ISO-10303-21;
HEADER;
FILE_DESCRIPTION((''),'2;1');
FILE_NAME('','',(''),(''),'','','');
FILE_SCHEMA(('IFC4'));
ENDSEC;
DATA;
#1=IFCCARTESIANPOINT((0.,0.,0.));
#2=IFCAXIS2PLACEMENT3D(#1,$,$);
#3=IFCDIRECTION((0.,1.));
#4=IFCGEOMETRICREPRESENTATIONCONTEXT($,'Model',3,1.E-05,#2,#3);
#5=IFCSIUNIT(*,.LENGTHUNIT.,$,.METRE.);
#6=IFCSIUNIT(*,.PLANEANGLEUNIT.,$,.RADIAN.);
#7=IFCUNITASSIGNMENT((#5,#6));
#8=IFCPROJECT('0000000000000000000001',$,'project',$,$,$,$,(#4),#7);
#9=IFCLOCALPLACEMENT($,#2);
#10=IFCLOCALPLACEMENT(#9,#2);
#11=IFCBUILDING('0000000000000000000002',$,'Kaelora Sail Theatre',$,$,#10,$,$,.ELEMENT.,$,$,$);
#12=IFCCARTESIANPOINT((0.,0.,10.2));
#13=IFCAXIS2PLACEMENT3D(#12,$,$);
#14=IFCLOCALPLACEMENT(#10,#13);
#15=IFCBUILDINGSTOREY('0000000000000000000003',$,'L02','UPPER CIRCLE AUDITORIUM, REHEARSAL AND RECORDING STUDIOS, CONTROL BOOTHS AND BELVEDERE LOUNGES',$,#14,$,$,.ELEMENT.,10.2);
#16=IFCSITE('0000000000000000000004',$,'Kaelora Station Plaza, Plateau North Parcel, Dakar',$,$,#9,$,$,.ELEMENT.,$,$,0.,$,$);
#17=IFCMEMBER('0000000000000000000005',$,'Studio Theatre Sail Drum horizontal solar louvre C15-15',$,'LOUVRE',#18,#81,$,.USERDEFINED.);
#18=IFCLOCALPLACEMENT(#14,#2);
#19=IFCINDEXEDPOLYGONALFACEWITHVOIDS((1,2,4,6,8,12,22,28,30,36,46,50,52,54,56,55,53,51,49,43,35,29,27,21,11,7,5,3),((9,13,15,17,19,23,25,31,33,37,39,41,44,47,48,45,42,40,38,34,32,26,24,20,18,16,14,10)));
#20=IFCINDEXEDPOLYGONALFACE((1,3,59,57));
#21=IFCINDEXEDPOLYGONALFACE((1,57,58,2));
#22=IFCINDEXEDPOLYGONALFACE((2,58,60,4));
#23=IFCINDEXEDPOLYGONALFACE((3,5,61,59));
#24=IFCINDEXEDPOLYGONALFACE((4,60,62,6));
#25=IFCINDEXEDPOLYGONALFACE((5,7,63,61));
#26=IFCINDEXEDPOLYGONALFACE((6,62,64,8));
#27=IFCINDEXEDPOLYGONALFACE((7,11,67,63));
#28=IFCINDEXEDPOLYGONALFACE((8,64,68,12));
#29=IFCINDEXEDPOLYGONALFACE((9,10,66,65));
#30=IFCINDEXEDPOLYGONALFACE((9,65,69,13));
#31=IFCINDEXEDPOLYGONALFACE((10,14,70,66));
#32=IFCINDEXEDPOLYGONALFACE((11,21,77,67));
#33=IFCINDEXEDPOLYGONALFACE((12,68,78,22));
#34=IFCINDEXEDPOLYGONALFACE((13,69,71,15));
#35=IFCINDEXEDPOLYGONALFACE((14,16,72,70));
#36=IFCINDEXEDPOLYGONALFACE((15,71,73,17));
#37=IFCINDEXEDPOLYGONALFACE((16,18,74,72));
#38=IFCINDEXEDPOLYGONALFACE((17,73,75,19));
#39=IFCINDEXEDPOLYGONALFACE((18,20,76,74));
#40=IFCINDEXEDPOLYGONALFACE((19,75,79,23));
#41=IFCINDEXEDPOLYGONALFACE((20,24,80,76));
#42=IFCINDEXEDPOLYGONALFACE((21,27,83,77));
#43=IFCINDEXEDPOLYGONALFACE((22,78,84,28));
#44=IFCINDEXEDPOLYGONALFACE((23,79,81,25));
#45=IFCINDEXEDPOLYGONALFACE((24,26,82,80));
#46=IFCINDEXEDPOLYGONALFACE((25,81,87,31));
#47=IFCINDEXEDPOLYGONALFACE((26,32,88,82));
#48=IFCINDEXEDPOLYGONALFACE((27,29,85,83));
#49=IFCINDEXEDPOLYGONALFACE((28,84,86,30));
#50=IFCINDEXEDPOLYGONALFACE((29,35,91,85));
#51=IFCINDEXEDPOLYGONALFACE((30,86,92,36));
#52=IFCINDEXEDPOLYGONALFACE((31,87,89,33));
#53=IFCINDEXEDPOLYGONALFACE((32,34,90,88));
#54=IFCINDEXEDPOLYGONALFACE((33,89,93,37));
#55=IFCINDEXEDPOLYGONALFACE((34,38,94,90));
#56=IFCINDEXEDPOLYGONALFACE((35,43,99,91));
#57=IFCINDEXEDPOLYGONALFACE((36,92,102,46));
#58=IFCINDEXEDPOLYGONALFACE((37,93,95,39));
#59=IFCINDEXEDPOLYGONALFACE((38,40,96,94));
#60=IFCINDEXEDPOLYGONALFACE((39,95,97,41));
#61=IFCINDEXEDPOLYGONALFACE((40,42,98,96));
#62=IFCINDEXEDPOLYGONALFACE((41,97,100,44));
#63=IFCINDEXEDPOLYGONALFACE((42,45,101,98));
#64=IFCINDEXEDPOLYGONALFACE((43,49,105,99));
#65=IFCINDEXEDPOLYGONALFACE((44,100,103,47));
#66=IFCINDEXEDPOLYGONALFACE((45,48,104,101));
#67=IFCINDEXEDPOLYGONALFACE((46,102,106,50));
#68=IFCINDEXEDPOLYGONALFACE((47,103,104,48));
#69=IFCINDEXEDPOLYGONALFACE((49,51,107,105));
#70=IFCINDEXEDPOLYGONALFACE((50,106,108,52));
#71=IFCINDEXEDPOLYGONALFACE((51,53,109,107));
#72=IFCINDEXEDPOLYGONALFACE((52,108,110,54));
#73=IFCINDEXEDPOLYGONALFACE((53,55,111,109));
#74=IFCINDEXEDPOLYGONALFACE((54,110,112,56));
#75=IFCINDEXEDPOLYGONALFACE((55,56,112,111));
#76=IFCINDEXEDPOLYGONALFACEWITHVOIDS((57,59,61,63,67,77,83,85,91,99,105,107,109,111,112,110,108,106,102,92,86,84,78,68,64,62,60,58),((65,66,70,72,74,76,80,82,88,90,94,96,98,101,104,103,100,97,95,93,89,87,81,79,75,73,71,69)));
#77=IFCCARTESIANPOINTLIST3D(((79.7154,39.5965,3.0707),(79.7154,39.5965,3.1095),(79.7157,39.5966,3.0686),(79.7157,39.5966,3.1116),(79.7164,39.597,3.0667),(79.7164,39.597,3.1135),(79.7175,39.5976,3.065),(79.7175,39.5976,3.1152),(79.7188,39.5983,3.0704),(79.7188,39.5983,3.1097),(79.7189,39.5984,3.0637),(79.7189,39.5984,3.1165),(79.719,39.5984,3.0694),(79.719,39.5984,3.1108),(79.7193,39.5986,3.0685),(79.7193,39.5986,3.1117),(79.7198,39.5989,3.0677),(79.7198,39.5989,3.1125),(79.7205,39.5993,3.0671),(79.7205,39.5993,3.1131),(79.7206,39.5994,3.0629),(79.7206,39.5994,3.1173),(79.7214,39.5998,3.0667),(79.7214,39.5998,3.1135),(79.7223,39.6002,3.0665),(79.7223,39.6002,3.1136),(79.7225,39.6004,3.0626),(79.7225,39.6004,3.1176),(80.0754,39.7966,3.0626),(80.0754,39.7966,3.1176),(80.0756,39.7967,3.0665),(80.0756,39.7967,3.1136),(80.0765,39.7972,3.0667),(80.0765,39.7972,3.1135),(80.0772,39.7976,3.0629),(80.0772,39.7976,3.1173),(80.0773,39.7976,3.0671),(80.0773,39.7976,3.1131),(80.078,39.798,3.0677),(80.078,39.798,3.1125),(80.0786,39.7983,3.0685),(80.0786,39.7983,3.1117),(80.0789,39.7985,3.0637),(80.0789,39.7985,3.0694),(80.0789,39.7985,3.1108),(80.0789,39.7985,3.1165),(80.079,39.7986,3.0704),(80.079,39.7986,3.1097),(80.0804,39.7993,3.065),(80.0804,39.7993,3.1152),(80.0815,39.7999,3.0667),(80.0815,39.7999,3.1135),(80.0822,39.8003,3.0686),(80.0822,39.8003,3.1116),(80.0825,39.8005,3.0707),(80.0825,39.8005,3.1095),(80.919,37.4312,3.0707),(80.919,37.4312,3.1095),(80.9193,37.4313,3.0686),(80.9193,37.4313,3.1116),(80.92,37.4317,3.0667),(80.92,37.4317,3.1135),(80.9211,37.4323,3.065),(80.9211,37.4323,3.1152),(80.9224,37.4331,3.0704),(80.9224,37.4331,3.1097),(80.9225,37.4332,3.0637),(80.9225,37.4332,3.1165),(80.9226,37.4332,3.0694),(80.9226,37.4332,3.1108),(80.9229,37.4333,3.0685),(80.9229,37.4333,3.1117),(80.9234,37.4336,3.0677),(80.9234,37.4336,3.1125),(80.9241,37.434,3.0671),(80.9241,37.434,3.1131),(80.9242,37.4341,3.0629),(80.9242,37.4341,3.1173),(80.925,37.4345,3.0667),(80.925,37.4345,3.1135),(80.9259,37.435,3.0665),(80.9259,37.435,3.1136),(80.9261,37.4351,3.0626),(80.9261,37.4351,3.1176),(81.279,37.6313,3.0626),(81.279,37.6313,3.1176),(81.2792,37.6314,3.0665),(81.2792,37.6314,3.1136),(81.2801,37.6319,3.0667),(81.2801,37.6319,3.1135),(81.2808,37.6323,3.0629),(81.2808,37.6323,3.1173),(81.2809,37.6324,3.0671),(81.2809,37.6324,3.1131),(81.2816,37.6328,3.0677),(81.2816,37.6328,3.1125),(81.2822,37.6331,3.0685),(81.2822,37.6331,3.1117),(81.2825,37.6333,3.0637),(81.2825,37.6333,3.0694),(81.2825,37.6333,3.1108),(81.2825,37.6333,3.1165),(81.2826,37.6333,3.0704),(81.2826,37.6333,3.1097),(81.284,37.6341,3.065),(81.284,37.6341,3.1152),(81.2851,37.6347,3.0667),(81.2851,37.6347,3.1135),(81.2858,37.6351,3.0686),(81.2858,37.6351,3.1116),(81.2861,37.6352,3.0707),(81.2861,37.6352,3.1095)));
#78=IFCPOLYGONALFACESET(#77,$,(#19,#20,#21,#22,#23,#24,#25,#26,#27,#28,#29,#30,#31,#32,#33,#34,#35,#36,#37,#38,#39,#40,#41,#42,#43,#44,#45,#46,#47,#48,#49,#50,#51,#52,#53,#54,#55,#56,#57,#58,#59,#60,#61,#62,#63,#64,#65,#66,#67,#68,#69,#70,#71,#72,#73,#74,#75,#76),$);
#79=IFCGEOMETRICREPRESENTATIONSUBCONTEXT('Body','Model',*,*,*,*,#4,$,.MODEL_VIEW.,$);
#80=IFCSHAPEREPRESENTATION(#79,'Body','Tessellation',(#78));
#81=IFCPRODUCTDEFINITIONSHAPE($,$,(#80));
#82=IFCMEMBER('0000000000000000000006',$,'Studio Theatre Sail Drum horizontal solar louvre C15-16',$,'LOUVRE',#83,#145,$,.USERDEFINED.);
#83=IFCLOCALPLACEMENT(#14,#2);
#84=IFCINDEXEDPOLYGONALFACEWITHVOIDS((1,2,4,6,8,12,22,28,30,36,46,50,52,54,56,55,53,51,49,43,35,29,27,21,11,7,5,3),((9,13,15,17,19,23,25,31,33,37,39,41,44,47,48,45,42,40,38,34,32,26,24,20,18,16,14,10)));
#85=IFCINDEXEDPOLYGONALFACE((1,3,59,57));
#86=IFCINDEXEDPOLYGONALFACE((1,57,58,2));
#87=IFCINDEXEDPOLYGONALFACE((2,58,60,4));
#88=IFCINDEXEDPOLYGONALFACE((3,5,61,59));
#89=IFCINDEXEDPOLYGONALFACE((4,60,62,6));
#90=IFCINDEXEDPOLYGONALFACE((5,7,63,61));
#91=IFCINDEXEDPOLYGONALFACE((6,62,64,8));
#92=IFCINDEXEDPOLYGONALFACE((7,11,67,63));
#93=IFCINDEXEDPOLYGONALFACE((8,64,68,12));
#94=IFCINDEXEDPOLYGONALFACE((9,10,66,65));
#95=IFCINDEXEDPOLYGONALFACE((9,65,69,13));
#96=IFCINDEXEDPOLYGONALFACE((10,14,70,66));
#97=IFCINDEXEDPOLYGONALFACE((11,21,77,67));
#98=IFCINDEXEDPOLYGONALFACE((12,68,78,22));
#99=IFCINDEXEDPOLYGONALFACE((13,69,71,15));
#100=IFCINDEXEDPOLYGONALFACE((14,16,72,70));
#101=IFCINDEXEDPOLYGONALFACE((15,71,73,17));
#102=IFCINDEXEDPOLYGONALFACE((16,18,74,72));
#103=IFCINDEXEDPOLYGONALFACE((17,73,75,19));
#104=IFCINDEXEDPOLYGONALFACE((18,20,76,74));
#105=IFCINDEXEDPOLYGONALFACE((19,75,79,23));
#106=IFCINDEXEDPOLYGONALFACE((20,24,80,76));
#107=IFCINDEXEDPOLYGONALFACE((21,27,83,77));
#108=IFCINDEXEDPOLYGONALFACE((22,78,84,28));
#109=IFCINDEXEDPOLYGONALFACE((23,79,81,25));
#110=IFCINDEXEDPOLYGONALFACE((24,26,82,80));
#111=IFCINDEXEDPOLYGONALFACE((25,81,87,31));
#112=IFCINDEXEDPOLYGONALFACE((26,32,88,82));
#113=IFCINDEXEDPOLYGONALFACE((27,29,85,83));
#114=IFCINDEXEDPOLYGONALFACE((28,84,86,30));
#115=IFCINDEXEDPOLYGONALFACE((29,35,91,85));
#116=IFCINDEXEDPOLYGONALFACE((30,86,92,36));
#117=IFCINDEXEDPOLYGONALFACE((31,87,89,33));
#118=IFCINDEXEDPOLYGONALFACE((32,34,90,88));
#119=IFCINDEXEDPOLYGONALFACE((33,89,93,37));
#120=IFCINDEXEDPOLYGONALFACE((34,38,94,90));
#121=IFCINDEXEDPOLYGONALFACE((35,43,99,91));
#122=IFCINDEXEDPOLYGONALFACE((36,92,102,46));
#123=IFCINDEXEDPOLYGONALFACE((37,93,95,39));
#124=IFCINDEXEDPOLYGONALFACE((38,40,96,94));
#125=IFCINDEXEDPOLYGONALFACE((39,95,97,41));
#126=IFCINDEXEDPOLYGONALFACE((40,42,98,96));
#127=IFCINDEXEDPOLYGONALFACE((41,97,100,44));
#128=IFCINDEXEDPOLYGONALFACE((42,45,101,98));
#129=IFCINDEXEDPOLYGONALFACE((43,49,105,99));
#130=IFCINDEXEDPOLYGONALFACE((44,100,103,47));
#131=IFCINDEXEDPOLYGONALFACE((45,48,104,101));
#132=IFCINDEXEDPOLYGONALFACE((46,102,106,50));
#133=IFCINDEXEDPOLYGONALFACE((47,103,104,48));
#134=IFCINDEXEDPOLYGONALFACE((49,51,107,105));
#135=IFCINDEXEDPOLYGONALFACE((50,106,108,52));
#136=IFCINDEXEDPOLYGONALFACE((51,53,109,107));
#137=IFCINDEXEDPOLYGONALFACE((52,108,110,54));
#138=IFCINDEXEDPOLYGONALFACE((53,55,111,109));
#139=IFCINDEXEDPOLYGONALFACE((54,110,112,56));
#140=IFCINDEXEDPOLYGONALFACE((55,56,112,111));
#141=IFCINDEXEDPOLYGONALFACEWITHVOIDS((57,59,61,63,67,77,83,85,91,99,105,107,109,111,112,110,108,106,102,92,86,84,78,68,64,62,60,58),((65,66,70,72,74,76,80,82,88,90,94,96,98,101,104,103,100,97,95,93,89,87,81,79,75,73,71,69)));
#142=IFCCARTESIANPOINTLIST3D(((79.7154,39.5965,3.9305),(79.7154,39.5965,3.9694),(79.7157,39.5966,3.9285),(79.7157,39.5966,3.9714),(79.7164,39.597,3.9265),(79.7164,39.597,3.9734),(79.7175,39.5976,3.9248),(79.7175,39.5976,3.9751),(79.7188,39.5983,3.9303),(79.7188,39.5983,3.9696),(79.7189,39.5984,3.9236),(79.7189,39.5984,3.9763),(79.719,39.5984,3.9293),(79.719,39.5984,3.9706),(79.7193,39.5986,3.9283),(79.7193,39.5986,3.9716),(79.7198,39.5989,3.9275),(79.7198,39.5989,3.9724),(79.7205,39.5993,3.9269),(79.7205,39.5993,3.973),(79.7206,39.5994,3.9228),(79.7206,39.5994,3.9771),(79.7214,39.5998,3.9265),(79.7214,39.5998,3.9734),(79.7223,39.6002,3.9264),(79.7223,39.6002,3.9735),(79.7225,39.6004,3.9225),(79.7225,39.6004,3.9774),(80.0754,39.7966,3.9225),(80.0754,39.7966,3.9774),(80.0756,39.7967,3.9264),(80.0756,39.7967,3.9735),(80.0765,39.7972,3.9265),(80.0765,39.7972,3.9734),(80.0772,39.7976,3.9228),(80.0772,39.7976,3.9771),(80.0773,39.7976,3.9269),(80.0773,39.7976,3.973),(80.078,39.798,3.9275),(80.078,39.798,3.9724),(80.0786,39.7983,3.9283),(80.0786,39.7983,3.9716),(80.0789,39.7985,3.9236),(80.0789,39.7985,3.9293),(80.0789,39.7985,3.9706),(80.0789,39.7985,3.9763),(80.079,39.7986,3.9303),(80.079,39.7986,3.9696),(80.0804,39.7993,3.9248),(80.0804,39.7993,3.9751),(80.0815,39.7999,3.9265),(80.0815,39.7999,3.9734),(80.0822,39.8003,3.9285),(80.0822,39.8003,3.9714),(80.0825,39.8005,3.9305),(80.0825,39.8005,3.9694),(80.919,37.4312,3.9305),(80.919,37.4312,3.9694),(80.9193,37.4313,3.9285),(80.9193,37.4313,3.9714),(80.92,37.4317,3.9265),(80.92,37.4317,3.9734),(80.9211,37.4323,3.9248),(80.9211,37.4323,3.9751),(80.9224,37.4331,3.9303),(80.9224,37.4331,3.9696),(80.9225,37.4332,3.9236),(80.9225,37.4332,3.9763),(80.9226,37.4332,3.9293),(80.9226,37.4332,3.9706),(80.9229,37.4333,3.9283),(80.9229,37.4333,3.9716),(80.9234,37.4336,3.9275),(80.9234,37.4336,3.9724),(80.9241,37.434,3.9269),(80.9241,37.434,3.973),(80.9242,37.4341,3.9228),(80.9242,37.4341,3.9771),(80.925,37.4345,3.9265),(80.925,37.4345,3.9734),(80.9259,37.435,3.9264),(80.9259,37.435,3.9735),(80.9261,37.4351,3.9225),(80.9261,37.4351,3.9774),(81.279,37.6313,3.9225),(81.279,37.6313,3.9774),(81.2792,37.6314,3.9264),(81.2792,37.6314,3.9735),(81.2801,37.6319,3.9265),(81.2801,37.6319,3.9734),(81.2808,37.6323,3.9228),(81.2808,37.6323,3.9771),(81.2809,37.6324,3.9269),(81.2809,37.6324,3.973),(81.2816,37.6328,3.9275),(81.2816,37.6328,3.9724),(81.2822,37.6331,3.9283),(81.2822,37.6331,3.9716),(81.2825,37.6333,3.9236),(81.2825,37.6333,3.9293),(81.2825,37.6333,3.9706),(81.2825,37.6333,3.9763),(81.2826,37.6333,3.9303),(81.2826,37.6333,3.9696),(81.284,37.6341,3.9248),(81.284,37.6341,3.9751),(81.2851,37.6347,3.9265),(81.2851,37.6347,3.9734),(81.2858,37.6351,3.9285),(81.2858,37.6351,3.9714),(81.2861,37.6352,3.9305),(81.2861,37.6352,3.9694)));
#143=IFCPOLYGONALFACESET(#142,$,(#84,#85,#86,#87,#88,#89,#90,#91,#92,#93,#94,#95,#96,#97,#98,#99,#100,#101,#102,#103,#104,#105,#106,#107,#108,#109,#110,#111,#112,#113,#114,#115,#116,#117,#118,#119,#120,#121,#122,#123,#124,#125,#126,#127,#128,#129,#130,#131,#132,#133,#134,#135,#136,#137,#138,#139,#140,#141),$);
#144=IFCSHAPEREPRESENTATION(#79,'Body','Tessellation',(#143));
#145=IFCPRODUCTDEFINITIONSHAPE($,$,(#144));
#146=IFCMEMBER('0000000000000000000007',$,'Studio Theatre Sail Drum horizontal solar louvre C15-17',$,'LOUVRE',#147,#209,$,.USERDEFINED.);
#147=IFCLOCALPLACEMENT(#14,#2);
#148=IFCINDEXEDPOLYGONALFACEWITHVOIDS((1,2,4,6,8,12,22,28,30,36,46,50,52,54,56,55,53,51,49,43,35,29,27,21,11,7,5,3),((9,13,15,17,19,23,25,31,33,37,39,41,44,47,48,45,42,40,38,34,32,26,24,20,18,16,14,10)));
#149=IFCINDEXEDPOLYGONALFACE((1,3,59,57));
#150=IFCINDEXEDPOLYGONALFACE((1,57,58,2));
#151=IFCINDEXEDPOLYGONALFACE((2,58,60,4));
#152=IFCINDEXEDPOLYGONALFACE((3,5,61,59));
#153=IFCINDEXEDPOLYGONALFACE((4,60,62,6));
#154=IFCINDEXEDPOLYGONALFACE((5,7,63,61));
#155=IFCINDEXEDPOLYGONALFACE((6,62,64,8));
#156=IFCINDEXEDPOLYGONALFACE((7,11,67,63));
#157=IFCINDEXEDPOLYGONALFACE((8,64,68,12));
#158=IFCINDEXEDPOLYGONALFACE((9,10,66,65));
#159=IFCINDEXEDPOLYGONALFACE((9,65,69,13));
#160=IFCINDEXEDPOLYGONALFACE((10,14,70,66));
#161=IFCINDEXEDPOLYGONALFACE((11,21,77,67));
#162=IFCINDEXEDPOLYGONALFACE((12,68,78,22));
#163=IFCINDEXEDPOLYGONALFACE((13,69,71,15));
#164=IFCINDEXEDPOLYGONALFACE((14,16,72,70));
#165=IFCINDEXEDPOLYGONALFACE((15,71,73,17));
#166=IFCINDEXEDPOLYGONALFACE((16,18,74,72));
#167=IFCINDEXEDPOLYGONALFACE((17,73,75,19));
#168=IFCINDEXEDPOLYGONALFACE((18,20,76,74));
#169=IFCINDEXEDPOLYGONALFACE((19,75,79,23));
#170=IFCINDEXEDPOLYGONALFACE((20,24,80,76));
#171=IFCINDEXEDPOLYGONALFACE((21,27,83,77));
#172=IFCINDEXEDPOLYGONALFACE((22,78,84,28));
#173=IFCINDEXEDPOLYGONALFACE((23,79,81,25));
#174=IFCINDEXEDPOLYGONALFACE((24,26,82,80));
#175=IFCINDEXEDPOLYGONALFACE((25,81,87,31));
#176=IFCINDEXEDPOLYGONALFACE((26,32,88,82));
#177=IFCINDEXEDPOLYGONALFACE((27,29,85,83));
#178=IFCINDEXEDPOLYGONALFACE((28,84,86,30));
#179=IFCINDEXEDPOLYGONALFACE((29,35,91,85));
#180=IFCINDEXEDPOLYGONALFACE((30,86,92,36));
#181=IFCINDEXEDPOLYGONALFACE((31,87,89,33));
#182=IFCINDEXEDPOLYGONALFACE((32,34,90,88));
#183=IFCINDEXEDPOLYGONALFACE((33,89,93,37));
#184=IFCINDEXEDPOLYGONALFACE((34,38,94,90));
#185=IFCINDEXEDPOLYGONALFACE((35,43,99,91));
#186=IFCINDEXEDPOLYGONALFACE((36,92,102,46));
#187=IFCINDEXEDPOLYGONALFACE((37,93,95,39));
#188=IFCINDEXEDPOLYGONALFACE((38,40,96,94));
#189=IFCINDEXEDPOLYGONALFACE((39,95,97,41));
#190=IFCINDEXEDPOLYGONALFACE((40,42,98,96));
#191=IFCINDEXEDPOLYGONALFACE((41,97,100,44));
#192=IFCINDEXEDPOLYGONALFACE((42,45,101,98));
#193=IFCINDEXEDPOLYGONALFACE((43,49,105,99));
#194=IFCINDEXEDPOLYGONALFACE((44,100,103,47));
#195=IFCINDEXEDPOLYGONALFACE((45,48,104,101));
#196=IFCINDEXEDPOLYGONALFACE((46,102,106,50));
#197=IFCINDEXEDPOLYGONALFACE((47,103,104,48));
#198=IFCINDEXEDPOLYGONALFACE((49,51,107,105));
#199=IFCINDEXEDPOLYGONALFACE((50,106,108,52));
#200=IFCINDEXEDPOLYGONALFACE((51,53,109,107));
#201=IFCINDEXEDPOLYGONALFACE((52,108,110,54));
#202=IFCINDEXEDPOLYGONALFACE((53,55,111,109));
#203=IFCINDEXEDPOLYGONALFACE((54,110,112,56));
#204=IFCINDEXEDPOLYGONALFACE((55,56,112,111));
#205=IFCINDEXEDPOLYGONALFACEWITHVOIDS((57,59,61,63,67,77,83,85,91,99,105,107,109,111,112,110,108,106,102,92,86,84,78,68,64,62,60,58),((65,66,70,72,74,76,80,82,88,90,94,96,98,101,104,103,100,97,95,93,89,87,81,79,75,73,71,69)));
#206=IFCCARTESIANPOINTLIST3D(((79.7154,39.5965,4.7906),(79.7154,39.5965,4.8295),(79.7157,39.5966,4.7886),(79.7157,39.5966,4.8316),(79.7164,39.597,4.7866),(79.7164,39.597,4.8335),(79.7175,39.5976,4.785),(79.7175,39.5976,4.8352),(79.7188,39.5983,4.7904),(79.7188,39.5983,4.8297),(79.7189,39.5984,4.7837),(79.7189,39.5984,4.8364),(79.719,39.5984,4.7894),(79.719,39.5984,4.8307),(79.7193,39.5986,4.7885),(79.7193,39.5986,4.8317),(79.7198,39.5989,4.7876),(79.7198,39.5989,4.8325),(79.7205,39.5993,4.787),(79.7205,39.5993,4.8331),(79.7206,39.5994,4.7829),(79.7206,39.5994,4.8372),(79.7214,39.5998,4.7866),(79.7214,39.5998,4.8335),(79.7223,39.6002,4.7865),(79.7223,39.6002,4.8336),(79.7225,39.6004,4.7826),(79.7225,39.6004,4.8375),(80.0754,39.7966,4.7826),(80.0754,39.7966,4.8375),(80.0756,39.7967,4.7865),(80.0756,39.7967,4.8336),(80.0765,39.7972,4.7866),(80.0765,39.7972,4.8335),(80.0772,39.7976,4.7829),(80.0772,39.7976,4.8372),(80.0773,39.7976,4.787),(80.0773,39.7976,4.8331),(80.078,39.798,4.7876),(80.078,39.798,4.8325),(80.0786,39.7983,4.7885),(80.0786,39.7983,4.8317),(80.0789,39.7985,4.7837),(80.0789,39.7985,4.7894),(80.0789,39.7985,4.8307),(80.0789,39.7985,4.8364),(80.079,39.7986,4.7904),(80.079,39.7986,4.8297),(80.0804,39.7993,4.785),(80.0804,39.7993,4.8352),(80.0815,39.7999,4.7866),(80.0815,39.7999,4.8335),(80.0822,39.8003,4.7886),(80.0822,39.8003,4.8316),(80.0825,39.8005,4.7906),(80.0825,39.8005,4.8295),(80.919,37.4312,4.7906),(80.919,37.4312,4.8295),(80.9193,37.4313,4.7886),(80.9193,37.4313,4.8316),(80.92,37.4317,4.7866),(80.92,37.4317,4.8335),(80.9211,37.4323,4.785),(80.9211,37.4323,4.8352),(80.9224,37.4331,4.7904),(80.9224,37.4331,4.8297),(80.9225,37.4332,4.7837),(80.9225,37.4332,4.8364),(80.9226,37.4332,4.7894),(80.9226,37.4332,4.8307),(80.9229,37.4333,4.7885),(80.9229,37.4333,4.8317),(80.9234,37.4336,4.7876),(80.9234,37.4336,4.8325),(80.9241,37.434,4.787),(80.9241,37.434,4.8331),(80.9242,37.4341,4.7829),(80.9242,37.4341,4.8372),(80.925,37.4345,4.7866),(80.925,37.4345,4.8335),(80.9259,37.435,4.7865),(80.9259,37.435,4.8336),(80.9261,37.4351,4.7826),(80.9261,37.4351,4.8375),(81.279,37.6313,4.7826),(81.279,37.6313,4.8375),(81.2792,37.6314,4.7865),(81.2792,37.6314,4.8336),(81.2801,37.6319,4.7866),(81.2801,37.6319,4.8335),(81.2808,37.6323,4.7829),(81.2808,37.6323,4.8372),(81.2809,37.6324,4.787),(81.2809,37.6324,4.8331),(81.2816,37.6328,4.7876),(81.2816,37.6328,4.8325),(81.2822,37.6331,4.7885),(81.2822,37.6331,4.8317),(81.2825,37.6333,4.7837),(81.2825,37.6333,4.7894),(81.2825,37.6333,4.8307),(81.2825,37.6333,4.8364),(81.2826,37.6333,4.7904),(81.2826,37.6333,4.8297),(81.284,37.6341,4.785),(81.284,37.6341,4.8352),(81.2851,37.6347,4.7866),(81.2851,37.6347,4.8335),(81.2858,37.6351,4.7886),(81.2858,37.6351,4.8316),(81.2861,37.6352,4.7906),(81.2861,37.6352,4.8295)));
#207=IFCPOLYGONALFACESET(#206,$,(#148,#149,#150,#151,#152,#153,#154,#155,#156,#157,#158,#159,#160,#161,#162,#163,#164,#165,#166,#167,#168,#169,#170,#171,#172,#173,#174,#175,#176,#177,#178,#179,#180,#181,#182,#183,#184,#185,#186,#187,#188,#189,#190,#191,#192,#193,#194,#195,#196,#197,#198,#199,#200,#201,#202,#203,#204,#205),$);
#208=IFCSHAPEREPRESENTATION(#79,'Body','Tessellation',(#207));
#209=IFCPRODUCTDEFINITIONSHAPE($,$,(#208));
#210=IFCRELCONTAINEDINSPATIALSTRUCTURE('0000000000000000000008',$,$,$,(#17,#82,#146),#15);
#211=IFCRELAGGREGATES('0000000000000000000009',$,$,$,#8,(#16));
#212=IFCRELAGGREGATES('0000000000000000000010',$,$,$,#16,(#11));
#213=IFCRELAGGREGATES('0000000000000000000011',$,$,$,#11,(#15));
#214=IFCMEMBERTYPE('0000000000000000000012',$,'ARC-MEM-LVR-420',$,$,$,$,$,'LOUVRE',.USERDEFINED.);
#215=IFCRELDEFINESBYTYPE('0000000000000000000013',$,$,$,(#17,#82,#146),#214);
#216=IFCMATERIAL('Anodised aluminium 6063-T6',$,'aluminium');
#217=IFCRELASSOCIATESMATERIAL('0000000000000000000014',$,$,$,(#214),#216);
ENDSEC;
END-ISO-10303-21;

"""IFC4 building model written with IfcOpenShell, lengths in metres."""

from ifc_helpers import new_model, si_unit, direction, frame, origin, origin_2d, place, context, subcontext, project, spatial, hollow_rectangle, extrude, material, material_profile, profile_set, type_object, element, save


model = new_model("IFC4")

# Units and contexts
model_context = context("Model", 3, precision=1e-05, world=origin(), true_north=direction((0.0, 1.0)))
body_context = subcontext(model_context, "Body", "Model", "MODEL_VIEW")
ifc_project = project(units=[si_unit("LENGTHUNIT", "METRE"), si_unit("PLANEANGLEUNIT", "RADIAN")], contexts=[model_context])

# Site, building, storey
site_placement = place(None, origin())
site = spatial("IfcSite", under=ifc_project, at=site_placement, Name="Kaelora Station Plaza, Plateau North Parcel, Dakar", CompositionType="ELEMENT", RefElevation=0.0)
building_placement = place(site_placement, origin())
building = spatial("IfcBuilding", under=site, at=building_placement, Name="Kaelora Sail Theatre", CompositionType="ELEMENT")
storey_placement = place(building_placement, frame((0.0, 0.0, 10.2)))
storey = spatial("IfcBuildingStorey", under=building, at=storey_placement, Name="L02", Description="UPPER CIRCLE AUDITORIUM, REHEARSAL AND RECORDING STUDIOS, CONTROL BOOTHS AND BELVEDERE LOUNGES", CompositionType="ELEMENT", Elevation=10.2)

# Members
ifc_material_1 = material(Name="Anodised aluminium 6063-T6", Category="aluminium")
ifc_material_profile_1 = material_profile(ifc_material_1, hollow_rectangle(XDim=0.4199, YDim=0.0549, WallThickness=0.0039, InnerFilletRadius=0.0039, OuterFilletRadius=0.0081, at=origin_2d()), Name="LOUVRE 420x55x4")
ifc_profile_set_1 = profile_set([ifc_material_profile_1], Name="Anodised aluminium 6063-T6")
member_type = type_object("IfcMemberType", Name="ARC-MEM-LVR-420", ElementType="LOUVRE", PredefinedType="USERDEFINED", material=ifc_profile_set_1)
for number, where, z_axis, x_axis, name in (
    (1, (81.1025, 37.5332, 3.0901), (-0.485852, 0.874041, 0.0), (-0.874041, -0.485852, 0.0), "Studio Theatre Sail Drum horizontal solar louvre C15-15"),
    (2, (81.1025, 37.5332, 3.95), (-0.485852, 0.874041, 0.0), (-0.874041, -0.485852, 0.0), "Studio Theatre Sail Drum horizontal solar louvre C15-16"),
    (3, (81.1025, 37.5332, 4.8101), (-0.485852, 0.874041, 0.0), (-0.874041, -0.485852, 0.0), "Studio Theatre Sail Drum horizontal solar louvre C15-17"),
):
    element("IfcMember", number, at=place(storey_placement, frame(where, z_axis=z_axis, x_axis=x_axis)), inside=storey, type_object=member_type, Name=name, ObjectType="LOUVRE", PredefinedType="USERDEFINED", context=body_context, shape_type="SweptSolid", body=[
        extrude(hollow_rectangle(XDim=0.4199, YDim=0.0549, WallThickness=0.0039, InnerFilletRadius=0.0039, OuterFilletRadius=0.0081, at=origin_2d()), origin(), (0.0, 0.0, 1.0), 2.4773),
    ])

save(model, "model.ifc")
